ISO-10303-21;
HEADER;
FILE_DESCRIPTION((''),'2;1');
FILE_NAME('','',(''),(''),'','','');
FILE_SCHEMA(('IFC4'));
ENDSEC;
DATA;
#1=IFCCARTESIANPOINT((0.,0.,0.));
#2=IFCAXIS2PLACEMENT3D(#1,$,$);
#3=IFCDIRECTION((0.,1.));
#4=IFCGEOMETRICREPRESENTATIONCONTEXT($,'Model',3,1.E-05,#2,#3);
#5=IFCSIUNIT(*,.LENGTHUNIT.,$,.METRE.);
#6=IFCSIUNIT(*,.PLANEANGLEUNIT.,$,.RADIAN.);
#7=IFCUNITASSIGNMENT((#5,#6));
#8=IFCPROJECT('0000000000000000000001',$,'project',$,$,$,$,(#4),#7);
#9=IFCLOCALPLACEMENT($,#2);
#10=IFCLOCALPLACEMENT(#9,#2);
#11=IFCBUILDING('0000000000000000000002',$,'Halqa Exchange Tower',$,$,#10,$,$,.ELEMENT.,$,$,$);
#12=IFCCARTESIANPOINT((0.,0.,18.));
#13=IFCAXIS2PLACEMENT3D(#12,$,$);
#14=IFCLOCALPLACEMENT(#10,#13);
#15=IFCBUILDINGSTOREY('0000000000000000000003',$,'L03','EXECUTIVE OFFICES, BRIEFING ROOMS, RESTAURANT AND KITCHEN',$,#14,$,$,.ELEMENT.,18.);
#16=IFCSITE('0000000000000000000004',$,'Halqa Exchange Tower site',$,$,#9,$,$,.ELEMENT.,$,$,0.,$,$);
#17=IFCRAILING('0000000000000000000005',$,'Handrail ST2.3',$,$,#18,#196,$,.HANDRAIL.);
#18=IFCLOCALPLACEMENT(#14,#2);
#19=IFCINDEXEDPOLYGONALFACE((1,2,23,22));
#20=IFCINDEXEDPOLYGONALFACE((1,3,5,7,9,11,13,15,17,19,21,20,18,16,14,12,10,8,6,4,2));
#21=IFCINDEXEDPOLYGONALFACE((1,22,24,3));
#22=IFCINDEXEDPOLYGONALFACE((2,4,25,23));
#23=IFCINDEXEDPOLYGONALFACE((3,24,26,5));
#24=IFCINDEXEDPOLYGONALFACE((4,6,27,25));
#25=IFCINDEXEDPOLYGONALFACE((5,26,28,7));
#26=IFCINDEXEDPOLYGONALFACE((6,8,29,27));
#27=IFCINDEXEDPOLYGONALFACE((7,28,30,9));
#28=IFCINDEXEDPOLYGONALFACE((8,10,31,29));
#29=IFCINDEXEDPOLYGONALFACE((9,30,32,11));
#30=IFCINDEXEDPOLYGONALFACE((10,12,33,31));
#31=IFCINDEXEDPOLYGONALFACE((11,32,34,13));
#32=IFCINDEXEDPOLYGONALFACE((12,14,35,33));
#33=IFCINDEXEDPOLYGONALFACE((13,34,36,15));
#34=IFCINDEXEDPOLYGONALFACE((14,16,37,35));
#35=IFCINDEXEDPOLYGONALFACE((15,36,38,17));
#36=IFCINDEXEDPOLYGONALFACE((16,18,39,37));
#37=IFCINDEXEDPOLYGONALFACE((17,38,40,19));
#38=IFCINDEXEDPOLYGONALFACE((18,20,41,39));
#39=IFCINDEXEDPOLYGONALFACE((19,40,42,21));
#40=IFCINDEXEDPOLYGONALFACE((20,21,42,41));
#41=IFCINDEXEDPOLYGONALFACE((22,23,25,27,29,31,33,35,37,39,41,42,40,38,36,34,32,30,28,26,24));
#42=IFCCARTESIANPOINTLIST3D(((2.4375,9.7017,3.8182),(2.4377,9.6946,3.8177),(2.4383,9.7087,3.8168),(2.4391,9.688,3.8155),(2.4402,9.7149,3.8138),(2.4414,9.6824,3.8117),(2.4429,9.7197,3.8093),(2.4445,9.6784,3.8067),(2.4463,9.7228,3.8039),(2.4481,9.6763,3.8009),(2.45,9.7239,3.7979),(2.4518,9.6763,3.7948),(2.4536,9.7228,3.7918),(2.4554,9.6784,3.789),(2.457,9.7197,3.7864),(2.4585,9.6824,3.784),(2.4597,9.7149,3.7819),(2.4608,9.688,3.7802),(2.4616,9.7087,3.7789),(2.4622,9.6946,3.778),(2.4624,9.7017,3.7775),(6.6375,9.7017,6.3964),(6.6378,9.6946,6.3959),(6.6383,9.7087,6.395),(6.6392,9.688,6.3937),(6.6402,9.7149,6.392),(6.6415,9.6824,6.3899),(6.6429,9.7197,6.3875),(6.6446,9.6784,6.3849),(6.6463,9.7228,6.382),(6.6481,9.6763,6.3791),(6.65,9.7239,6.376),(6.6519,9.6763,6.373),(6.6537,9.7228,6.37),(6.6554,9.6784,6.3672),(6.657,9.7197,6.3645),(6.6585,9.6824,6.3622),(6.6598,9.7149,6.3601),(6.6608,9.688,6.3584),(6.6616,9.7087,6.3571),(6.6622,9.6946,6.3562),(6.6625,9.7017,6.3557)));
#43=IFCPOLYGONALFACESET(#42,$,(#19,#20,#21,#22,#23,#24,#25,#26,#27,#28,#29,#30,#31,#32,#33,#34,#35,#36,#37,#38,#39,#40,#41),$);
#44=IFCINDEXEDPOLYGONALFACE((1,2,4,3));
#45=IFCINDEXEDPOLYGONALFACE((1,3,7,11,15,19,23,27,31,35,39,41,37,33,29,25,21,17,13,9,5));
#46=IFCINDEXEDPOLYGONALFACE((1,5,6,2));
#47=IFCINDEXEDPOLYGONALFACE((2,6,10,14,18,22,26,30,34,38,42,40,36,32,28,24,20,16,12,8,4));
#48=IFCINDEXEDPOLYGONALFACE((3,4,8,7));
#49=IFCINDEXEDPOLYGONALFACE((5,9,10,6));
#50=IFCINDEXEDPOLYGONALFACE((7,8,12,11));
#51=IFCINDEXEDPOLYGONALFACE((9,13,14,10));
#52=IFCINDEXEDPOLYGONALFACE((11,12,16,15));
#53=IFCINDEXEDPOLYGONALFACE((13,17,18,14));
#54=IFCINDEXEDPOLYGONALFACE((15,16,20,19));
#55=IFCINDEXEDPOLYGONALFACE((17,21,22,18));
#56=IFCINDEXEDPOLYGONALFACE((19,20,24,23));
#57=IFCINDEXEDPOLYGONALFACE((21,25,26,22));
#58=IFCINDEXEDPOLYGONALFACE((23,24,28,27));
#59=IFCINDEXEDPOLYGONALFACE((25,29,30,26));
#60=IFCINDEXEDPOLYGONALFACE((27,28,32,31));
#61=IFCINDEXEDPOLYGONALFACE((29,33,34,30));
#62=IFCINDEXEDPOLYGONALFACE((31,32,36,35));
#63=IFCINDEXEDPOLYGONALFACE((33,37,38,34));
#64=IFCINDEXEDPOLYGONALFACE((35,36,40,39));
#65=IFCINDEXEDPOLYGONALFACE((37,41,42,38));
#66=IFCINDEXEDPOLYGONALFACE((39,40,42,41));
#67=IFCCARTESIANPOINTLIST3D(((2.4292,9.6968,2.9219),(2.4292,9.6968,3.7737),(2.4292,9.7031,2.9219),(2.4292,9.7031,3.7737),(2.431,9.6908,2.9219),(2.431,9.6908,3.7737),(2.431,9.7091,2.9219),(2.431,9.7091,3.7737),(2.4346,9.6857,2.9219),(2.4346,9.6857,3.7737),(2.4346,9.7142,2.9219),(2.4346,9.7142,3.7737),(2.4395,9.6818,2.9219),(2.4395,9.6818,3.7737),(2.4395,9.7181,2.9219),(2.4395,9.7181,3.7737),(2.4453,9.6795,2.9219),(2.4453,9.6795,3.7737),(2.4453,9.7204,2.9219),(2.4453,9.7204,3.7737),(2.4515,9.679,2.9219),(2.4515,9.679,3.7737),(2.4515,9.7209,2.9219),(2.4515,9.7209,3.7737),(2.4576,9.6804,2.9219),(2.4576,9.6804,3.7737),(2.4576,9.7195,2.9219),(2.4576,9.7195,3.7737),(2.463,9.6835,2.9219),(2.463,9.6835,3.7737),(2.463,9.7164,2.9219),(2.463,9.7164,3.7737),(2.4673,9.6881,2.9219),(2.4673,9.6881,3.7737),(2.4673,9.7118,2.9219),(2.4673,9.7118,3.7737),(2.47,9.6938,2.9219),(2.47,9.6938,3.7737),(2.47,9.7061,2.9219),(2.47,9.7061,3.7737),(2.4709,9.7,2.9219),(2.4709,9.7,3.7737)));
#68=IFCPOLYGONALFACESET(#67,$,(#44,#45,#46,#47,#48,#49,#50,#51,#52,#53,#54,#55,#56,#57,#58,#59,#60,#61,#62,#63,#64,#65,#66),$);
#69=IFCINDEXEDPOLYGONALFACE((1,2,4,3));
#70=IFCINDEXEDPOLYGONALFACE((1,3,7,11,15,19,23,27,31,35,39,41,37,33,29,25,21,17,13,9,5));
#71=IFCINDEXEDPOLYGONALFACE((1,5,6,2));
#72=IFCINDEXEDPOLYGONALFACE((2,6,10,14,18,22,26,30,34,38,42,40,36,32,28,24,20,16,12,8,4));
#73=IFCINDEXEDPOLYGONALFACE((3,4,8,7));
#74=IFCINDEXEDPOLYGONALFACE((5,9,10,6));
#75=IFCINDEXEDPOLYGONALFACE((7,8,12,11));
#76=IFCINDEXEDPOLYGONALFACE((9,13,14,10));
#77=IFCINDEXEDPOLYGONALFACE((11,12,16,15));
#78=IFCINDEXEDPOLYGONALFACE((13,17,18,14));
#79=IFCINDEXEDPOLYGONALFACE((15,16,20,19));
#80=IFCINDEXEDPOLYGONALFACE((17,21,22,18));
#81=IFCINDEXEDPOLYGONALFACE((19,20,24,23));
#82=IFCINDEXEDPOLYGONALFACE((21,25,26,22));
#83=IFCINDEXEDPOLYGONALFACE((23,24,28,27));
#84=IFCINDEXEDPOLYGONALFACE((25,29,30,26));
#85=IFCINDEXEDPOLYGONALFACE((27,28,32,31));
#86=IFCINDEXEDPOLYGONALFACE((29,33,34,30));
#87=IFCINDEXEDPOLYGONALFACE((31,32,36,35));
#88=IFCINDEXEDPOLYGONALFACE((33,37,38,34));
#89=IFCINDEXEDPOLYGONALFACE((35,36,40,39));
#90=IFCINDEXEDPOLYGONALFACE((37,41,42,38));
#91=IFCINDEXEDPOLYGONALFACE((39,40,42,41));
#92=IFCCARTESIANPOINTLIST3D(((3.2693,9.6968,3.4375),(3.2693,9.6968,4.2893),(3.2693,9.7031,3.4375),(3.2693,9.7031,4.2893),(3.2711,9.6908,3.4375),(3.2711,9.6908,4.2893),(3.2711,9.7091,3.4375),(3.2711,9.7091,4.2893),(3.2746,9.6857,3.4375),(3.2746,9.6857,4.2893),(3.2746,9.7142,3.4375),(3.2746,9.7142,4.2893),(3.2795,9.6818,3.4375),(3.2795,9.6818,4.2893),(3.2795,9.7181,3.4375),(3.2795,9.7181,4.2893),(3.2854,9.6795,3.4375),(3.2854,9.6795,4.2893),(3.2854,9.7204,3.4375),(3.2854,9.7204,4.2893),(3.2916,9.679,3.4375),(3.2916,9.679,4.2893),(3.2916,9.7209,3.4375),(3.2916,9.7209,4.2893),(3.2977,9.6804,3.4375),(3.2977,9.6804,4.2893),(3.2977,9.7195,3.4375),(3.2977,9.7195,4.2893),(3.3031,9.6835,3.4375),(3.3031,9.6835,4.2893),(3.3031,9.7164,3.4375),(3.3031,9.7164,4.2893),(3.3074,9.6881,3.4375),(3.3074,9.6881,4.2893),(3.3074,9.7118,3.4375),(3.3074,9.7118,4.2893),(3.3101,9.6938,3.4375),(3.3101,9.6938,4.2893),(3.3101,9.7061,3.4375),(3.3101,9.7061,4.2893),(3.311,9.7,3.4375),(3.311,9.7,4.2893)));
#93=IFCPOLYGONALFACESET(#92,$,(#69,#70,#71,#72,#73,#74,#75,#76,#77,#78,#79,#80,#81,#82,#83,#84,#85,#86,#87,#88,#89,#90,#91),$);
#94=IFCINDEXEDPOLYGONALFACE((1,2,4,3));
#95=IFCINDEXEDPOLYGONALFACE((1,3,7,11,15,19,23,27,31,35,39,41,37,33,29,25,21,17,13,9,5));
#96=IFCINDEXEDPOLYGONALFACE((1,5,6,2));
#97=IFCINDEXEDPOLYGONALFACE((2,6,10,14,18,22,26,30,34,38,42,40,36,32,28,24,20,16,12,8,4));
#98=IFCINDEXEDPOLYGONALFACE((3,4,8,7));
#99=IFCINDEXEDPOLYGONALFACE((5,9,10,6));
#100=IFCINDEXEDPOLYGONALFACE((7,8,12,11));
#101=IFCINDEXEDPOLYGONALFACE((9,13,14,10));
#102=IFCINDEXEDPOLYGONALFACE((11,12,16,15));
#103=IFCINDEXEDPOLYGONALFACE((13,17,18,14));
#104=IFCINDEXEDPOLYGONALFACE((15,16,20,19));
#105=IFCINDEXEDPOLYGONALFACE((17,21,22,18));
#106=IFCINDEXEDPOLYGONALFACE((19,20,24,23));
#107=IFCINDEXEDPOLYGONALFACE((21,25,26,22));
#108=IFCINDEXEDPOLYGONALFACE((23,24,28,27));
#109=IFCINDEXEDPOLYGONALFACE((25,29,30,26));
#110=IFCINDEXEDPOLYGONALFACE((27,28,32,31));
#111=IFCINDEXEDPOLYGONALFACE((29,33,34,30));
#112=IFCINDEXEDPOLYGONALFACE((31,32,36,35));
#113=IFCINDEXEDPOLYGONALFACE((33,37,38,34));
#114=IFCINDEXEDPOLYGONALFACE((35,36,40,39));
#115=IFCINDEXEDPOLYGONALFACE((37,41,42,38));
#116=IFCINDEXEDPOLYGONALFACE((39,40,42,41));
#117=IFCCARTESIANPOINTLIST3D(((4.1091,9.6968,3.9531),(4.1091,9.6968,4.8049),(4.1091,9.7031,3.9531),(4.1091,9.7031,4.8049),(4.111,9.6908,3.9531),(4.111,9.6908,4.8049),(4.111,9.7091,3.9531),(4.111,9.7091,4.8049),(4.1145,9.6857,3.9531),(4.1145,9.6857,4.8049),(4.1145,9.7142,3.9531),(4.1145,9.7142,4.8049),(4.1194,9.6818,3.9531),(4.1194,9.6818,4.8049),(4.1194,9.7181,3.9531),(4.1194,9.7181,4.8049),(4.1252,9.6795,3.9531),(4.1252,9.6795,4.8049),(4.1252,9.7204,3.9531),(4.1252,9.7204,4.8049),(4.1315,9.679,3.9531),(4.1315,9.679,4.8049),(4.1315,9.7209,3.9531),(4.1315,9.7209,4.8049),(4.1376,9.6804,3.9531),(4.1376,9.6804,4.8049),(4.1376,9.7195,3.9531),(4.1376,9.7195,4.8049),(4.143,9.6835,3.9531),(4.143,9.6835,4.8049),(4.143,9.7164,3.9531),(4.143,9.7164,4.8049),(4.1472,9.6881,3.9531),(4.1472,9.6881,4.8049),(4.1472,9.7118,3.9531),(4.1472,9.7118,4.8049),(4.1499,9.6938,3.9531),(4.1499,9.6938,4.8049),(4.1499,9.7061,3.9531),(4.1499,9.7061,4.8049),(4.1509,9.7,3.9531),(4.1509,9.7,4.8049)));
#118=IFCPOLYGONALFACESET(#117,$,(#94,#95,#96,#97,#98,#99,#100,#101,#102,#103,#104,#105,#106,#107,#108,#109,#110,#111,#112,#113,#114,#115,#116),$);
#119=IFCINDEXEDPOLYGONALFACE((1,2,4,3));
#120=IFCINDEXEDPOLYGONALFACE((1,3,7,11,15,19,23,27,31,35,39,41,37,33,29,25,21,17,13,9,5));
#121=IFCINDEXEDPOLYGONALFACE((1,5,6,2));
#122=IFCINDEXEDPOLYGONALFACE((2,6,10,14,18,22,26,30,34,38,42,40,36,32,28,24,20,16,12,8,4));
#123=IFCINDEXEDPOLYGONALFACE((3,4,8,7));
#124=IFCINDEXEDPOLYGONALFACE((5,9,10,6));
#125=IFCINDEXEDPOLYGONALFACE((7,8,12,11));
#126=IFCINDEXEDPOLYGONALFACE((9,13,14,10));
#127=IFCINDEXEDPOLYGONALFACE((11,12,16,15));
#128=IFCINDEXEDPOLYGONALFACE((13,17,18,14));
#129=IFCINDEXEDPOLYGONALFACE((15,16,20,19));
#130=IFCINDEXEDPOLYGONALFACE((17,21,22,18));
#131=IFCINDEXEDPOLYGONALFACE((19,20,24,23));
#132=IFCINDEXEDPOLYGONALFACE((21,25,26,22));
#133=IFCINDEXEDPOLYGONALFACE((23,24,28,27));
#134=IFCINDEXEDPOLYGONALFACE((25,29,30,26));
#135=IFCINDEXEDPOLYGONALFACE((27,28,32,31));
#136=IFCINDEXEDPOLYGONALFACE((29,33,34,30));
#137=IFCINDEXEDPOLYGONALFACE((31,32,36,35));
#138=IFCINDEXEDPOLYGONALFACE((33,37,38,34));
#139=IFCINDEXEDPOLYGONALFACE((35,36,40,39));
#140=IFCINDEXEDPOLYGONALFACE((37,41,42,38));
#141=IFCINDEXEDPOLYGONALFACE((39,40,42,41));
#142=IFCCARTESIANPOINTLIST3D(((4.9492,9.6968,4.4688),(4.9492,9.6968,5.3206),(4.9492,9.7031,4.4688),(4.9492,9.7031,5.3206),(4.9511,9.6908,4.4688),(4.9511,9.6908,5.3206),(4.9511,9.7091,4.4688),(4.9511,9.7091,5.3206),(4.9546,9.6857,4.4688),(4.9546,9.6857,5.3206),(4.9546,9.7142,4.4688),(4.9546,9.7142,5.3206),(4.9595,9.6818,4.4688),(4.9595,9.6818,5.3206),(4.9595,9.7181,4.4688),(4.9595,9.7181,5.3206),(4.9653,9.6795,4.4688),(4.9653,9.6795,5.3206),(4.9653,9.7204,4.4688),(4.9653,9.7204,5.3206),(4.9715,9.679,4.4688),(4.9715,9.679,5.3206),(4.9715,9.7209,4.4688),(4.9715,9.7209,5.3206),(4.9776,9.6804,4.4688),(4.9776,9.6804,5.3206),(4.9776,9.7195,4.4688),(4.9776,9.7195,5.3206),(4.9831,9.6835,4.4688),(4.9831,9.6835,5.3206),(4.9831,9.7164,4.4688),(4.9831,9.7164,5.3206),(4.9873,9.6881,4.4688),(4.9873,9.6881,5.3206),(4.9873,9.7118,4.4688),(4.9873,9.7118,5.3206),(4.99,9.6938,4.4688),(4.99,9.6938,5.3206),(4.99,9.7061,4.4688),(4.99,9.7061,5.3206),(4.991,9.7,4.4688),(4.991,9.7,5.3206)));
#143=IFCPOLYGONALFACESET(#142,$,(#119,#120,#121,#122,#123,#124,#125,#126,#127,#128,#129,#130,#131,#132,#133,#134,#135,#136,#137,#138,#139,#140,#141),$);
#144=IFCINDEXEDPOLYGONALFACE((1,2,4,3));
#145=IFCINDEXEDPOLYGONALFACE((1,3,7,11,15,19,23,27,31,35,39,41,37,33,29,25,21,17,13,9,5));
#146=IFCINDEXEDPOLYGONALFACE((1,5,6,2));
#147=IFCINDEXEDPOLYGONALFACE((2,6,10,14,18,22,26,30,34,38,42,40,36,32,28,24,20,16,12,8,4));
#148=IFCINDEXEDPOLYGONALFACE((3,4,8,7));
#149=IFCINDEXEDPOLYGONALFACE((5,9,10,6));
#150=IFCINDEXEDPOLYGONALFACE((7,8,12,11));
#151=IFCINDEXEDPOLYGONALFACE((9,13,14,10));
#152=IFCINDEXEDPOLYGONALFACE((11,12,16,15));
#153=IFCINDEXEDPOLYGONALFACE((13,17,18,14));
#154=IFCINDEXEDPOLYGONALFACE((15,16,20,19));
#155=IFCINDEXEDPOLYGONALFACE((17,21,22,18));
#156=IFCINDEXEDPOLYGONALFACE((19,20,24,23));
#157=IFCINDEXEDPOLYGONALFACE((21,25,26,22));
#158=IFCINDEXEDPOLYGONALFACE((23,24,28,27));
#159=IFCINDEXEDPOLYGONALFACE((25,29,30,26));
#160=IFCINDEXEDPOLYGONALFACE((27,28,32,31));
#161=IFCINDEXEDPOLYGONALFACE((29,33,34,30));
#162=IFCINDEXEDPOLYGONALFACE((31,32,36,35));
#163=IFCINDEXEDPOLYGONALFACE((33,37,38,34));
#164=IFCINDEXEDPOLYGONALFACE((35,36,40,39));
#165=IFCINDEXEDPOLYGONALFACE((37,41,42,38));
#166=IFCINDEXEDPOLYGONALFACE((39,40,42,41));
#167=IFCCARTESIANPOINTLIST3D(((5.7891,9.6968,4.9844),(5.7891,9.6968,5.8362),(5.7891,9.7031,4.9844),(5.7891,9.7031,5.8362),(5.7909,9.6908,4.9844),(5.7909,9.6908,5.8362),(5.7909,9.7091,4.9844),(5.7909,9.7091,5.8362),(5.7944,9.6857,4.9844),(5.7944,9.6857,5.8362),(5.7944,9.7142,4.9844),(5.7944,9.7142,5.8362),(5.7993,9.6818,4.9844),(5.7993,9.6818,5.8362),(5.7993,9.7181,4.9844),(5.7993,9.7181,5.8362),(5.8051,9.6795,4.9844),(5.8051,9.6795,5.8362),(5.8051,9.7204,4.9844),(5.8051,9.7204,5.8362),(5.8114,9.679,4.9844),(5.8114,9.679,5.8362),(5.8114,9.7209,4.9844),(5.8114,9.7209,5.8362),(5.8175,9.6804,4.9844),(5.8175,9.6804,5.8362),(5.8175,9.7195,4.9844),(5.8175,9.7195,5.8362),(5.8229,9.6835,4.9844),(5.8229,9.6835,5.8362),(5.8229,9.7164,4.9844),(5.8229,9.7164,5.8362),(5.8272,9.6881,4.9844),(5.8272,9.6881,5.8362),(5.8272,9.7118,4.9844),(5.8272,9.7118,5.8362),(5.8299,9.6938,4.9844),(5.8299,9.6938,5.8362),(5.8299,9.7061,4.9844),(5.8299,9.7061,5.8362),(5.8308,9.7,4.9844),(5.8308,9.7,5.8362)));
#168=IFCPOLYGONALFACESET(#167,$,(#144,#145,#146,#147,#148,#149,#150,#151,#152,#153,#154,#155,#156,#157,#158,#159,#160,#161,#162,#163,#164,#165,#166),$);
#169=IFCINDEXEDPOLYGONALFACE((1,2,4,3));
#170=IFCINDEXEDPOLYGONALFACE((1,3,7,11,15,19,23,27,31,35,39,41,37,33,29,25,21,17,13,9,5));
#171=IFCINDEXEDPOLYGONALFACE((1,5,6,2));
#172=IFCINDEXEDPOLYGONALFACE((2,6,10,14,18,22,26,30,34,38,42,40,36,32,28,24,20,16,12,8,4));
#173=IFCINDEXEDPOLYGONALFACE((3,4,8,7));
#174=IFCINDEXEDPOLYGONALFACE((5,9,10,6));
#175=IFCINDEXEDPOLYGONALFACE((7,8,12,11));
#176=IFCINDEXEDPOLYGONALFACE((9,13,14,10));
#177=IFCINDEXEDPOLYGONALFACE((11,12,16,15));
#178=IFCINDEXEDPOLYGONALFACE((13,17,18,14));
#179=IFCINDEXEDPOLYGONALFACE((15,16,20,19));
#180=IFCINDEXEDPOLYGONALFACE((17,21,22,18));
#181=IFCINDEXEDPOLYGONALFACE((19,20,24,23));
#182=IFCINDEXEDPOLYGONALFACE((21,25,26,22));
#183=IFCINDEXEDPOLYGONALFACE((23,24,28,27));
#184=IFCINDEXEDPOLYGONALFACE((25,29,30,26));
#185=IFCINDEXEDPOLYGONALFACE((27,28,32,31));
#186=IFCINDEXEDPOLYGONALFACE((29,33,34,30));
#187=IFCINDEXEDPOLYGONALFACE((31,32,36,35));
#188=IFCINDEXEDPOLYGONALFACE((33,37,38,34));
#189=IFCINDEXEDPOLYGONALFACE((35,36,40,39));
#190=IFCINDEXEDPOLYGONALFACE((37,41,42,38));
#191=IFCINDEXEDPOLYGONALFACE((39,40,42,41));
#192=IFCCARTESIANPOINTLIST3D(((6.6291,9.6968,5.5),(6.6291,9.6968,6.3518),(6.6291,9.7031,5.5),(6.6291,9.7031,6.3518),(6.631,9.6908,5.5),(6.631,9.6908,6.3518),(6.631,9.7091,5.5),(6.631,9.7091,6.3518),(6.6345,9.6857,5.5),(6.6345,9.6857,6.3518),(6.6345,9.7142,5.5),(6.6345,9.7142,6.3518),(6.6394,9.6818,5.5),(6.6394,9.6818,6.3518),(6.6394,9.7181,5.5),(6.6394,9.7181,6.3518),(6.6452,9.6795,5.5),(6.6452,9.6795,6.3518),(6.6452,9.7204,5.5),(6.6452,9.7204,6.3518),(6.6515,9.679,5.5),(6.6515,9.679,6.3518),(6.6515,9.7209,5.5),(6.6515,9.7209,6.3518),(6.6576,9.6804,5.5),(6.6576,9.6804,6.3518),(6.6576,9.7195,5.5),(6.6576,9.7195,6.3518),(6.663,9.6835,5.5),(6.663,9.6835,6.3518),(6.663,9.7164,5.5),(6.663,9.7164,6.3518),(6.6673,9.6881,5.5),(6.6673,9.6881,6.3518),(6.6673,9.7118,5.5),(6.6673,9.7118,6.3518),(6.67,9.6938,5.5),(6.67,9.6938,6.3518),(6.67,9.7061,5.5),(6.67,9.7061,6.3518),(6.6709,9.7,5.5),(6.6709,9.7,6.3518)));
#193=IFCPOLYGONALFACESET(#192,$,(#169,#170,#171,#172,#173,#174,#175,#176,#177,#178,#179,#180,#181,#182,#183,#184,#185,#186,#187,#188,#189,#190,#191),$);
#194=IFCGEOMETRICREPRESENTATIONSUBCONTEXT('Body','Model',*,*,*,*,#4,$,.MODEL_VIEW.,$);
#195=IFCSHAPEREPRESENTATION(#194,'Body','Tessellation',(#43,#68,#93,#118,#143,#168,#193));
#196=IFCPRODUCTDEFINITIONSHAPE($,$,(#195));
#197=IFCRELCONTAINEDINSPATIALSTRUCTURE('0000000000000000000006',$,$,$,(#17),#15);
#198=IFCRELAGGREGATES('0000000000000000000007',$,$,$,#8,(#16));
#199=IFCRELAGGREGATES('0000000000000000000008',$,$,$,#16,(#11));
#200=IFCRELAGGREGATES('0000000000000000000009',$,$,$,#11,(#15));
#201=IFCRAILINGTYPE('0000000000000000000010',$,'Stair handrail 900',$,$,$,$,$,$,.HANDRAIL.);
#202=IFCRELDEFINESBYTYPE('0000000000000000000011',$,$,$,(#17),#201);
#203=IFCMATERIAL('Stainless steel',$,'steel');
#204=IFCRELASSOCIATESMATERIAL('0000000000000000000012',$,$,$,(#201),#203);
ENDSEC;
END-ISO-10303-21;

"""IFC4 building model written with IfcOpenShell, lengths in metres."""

from ifc_helpers import new_model, si_unit, direction, frame, origin, origin_2d, place, context, subcontext, project, spatial, circle, extrude, material, type_object, element, save


model = new_model("IFC4")

# Units and contexts
model_context = context("Model", 3, precision=1e-05, world=origin(), true_north=direction((0.0, 1.0)))
body_context = subcontext(model_context, "Body", "Model", "MODEL_VIEW")
ifc_project = project(units=[si_unit("LENGTHUNIT", "METRE"), si_unit("PLANEANGLEUNIT", "RADIAN")], contexts=[model_context])

# Site, building, storey
site_placement = place(None, origin())
site = spatial("IfcSite", under=ifc_project, at=site_placement, Name="Halqa Exchange Tower site", CompositionType="ELEMENT", RefElevation=0.0)
building_placement = place(site_placement, origin())
building = spatial("IfcBuilding", under=site, at=building_placement, Name="Halqa Exchange Tower", CompositionType="ELEMENT")
storey_placement = place(building_placement, frame((0.0, 0.0, 18.0)))
storey = spatial("IfcBuildingStorey", under=building, at=storey_placement, Name="L03", Description="EXECUTIVE OFFICES, BRIEFING ROOMS, RESTAURANT AND KITCHEN", CompositionType="ELEMENT", Elevation=18.0)

# Railing
ifc_material_1 = material(Name="Stainless steel", Category="steel")
railing_type = type_object("IfcRailingType", Name="Stair handrail 900", PredefinedType="HANDRAIL", material=ifc_material_1)
railing_placement = place(storey_placement, frame((2.45, 9.7, 2.9219)))
element("IfcRailing", 1, at=railing_placement, inside=storey, type_object=railing_type, Name="Handrail ST2.3", PredefinedType="HANDRAIL", context=body_context, shape_type="SweptSolid", body=[
    extrude(circle(Radius=0.0239, at=origin_2d()), frame((0.0, 0.0, 0.876), z_axis=(0.852243, 0.0, 0.523146), x_axis=(0.0, 1.0, 0.0)), (0.0, 0.0, 1.0), 4.9282),
    extrude(circle(Radius=0.021, at=origin_2d()), origin(), (0.0, 0.0, 1.0), 0.8518),
    extrude(circle(Radius=0.021, at=origin_2d()), frame((0.8401, 0.0, 0.5156)), (0.0, 0.0, 1.0), 0.8518),
    extrude(circle(Radius=0.021, at=origin_2d()), frame((1.6799, 0.0, 1.0312)), (0.0, 0.0, 1.0), 0.8518),
    extrude(circle(Radius=0.021, at=origin_2d()), frame((2.52, 0.0, 1.5469)), (0.0, 0.0, 1.0), 0.8518),
    extrude(circle(Radius=0.021, at=origin_2d()), frame((3.3599, 0.0, 2.0625)), (0.0, 0.0, 1.0), 0.8518),
    extrude(circle(Radius=0.021, at=origin_2d()), frame((4.2, 0.0, 2.5781)), (0.0, 0.0, 1.0), 0.8518),
])

save(model, "model.ifc")
